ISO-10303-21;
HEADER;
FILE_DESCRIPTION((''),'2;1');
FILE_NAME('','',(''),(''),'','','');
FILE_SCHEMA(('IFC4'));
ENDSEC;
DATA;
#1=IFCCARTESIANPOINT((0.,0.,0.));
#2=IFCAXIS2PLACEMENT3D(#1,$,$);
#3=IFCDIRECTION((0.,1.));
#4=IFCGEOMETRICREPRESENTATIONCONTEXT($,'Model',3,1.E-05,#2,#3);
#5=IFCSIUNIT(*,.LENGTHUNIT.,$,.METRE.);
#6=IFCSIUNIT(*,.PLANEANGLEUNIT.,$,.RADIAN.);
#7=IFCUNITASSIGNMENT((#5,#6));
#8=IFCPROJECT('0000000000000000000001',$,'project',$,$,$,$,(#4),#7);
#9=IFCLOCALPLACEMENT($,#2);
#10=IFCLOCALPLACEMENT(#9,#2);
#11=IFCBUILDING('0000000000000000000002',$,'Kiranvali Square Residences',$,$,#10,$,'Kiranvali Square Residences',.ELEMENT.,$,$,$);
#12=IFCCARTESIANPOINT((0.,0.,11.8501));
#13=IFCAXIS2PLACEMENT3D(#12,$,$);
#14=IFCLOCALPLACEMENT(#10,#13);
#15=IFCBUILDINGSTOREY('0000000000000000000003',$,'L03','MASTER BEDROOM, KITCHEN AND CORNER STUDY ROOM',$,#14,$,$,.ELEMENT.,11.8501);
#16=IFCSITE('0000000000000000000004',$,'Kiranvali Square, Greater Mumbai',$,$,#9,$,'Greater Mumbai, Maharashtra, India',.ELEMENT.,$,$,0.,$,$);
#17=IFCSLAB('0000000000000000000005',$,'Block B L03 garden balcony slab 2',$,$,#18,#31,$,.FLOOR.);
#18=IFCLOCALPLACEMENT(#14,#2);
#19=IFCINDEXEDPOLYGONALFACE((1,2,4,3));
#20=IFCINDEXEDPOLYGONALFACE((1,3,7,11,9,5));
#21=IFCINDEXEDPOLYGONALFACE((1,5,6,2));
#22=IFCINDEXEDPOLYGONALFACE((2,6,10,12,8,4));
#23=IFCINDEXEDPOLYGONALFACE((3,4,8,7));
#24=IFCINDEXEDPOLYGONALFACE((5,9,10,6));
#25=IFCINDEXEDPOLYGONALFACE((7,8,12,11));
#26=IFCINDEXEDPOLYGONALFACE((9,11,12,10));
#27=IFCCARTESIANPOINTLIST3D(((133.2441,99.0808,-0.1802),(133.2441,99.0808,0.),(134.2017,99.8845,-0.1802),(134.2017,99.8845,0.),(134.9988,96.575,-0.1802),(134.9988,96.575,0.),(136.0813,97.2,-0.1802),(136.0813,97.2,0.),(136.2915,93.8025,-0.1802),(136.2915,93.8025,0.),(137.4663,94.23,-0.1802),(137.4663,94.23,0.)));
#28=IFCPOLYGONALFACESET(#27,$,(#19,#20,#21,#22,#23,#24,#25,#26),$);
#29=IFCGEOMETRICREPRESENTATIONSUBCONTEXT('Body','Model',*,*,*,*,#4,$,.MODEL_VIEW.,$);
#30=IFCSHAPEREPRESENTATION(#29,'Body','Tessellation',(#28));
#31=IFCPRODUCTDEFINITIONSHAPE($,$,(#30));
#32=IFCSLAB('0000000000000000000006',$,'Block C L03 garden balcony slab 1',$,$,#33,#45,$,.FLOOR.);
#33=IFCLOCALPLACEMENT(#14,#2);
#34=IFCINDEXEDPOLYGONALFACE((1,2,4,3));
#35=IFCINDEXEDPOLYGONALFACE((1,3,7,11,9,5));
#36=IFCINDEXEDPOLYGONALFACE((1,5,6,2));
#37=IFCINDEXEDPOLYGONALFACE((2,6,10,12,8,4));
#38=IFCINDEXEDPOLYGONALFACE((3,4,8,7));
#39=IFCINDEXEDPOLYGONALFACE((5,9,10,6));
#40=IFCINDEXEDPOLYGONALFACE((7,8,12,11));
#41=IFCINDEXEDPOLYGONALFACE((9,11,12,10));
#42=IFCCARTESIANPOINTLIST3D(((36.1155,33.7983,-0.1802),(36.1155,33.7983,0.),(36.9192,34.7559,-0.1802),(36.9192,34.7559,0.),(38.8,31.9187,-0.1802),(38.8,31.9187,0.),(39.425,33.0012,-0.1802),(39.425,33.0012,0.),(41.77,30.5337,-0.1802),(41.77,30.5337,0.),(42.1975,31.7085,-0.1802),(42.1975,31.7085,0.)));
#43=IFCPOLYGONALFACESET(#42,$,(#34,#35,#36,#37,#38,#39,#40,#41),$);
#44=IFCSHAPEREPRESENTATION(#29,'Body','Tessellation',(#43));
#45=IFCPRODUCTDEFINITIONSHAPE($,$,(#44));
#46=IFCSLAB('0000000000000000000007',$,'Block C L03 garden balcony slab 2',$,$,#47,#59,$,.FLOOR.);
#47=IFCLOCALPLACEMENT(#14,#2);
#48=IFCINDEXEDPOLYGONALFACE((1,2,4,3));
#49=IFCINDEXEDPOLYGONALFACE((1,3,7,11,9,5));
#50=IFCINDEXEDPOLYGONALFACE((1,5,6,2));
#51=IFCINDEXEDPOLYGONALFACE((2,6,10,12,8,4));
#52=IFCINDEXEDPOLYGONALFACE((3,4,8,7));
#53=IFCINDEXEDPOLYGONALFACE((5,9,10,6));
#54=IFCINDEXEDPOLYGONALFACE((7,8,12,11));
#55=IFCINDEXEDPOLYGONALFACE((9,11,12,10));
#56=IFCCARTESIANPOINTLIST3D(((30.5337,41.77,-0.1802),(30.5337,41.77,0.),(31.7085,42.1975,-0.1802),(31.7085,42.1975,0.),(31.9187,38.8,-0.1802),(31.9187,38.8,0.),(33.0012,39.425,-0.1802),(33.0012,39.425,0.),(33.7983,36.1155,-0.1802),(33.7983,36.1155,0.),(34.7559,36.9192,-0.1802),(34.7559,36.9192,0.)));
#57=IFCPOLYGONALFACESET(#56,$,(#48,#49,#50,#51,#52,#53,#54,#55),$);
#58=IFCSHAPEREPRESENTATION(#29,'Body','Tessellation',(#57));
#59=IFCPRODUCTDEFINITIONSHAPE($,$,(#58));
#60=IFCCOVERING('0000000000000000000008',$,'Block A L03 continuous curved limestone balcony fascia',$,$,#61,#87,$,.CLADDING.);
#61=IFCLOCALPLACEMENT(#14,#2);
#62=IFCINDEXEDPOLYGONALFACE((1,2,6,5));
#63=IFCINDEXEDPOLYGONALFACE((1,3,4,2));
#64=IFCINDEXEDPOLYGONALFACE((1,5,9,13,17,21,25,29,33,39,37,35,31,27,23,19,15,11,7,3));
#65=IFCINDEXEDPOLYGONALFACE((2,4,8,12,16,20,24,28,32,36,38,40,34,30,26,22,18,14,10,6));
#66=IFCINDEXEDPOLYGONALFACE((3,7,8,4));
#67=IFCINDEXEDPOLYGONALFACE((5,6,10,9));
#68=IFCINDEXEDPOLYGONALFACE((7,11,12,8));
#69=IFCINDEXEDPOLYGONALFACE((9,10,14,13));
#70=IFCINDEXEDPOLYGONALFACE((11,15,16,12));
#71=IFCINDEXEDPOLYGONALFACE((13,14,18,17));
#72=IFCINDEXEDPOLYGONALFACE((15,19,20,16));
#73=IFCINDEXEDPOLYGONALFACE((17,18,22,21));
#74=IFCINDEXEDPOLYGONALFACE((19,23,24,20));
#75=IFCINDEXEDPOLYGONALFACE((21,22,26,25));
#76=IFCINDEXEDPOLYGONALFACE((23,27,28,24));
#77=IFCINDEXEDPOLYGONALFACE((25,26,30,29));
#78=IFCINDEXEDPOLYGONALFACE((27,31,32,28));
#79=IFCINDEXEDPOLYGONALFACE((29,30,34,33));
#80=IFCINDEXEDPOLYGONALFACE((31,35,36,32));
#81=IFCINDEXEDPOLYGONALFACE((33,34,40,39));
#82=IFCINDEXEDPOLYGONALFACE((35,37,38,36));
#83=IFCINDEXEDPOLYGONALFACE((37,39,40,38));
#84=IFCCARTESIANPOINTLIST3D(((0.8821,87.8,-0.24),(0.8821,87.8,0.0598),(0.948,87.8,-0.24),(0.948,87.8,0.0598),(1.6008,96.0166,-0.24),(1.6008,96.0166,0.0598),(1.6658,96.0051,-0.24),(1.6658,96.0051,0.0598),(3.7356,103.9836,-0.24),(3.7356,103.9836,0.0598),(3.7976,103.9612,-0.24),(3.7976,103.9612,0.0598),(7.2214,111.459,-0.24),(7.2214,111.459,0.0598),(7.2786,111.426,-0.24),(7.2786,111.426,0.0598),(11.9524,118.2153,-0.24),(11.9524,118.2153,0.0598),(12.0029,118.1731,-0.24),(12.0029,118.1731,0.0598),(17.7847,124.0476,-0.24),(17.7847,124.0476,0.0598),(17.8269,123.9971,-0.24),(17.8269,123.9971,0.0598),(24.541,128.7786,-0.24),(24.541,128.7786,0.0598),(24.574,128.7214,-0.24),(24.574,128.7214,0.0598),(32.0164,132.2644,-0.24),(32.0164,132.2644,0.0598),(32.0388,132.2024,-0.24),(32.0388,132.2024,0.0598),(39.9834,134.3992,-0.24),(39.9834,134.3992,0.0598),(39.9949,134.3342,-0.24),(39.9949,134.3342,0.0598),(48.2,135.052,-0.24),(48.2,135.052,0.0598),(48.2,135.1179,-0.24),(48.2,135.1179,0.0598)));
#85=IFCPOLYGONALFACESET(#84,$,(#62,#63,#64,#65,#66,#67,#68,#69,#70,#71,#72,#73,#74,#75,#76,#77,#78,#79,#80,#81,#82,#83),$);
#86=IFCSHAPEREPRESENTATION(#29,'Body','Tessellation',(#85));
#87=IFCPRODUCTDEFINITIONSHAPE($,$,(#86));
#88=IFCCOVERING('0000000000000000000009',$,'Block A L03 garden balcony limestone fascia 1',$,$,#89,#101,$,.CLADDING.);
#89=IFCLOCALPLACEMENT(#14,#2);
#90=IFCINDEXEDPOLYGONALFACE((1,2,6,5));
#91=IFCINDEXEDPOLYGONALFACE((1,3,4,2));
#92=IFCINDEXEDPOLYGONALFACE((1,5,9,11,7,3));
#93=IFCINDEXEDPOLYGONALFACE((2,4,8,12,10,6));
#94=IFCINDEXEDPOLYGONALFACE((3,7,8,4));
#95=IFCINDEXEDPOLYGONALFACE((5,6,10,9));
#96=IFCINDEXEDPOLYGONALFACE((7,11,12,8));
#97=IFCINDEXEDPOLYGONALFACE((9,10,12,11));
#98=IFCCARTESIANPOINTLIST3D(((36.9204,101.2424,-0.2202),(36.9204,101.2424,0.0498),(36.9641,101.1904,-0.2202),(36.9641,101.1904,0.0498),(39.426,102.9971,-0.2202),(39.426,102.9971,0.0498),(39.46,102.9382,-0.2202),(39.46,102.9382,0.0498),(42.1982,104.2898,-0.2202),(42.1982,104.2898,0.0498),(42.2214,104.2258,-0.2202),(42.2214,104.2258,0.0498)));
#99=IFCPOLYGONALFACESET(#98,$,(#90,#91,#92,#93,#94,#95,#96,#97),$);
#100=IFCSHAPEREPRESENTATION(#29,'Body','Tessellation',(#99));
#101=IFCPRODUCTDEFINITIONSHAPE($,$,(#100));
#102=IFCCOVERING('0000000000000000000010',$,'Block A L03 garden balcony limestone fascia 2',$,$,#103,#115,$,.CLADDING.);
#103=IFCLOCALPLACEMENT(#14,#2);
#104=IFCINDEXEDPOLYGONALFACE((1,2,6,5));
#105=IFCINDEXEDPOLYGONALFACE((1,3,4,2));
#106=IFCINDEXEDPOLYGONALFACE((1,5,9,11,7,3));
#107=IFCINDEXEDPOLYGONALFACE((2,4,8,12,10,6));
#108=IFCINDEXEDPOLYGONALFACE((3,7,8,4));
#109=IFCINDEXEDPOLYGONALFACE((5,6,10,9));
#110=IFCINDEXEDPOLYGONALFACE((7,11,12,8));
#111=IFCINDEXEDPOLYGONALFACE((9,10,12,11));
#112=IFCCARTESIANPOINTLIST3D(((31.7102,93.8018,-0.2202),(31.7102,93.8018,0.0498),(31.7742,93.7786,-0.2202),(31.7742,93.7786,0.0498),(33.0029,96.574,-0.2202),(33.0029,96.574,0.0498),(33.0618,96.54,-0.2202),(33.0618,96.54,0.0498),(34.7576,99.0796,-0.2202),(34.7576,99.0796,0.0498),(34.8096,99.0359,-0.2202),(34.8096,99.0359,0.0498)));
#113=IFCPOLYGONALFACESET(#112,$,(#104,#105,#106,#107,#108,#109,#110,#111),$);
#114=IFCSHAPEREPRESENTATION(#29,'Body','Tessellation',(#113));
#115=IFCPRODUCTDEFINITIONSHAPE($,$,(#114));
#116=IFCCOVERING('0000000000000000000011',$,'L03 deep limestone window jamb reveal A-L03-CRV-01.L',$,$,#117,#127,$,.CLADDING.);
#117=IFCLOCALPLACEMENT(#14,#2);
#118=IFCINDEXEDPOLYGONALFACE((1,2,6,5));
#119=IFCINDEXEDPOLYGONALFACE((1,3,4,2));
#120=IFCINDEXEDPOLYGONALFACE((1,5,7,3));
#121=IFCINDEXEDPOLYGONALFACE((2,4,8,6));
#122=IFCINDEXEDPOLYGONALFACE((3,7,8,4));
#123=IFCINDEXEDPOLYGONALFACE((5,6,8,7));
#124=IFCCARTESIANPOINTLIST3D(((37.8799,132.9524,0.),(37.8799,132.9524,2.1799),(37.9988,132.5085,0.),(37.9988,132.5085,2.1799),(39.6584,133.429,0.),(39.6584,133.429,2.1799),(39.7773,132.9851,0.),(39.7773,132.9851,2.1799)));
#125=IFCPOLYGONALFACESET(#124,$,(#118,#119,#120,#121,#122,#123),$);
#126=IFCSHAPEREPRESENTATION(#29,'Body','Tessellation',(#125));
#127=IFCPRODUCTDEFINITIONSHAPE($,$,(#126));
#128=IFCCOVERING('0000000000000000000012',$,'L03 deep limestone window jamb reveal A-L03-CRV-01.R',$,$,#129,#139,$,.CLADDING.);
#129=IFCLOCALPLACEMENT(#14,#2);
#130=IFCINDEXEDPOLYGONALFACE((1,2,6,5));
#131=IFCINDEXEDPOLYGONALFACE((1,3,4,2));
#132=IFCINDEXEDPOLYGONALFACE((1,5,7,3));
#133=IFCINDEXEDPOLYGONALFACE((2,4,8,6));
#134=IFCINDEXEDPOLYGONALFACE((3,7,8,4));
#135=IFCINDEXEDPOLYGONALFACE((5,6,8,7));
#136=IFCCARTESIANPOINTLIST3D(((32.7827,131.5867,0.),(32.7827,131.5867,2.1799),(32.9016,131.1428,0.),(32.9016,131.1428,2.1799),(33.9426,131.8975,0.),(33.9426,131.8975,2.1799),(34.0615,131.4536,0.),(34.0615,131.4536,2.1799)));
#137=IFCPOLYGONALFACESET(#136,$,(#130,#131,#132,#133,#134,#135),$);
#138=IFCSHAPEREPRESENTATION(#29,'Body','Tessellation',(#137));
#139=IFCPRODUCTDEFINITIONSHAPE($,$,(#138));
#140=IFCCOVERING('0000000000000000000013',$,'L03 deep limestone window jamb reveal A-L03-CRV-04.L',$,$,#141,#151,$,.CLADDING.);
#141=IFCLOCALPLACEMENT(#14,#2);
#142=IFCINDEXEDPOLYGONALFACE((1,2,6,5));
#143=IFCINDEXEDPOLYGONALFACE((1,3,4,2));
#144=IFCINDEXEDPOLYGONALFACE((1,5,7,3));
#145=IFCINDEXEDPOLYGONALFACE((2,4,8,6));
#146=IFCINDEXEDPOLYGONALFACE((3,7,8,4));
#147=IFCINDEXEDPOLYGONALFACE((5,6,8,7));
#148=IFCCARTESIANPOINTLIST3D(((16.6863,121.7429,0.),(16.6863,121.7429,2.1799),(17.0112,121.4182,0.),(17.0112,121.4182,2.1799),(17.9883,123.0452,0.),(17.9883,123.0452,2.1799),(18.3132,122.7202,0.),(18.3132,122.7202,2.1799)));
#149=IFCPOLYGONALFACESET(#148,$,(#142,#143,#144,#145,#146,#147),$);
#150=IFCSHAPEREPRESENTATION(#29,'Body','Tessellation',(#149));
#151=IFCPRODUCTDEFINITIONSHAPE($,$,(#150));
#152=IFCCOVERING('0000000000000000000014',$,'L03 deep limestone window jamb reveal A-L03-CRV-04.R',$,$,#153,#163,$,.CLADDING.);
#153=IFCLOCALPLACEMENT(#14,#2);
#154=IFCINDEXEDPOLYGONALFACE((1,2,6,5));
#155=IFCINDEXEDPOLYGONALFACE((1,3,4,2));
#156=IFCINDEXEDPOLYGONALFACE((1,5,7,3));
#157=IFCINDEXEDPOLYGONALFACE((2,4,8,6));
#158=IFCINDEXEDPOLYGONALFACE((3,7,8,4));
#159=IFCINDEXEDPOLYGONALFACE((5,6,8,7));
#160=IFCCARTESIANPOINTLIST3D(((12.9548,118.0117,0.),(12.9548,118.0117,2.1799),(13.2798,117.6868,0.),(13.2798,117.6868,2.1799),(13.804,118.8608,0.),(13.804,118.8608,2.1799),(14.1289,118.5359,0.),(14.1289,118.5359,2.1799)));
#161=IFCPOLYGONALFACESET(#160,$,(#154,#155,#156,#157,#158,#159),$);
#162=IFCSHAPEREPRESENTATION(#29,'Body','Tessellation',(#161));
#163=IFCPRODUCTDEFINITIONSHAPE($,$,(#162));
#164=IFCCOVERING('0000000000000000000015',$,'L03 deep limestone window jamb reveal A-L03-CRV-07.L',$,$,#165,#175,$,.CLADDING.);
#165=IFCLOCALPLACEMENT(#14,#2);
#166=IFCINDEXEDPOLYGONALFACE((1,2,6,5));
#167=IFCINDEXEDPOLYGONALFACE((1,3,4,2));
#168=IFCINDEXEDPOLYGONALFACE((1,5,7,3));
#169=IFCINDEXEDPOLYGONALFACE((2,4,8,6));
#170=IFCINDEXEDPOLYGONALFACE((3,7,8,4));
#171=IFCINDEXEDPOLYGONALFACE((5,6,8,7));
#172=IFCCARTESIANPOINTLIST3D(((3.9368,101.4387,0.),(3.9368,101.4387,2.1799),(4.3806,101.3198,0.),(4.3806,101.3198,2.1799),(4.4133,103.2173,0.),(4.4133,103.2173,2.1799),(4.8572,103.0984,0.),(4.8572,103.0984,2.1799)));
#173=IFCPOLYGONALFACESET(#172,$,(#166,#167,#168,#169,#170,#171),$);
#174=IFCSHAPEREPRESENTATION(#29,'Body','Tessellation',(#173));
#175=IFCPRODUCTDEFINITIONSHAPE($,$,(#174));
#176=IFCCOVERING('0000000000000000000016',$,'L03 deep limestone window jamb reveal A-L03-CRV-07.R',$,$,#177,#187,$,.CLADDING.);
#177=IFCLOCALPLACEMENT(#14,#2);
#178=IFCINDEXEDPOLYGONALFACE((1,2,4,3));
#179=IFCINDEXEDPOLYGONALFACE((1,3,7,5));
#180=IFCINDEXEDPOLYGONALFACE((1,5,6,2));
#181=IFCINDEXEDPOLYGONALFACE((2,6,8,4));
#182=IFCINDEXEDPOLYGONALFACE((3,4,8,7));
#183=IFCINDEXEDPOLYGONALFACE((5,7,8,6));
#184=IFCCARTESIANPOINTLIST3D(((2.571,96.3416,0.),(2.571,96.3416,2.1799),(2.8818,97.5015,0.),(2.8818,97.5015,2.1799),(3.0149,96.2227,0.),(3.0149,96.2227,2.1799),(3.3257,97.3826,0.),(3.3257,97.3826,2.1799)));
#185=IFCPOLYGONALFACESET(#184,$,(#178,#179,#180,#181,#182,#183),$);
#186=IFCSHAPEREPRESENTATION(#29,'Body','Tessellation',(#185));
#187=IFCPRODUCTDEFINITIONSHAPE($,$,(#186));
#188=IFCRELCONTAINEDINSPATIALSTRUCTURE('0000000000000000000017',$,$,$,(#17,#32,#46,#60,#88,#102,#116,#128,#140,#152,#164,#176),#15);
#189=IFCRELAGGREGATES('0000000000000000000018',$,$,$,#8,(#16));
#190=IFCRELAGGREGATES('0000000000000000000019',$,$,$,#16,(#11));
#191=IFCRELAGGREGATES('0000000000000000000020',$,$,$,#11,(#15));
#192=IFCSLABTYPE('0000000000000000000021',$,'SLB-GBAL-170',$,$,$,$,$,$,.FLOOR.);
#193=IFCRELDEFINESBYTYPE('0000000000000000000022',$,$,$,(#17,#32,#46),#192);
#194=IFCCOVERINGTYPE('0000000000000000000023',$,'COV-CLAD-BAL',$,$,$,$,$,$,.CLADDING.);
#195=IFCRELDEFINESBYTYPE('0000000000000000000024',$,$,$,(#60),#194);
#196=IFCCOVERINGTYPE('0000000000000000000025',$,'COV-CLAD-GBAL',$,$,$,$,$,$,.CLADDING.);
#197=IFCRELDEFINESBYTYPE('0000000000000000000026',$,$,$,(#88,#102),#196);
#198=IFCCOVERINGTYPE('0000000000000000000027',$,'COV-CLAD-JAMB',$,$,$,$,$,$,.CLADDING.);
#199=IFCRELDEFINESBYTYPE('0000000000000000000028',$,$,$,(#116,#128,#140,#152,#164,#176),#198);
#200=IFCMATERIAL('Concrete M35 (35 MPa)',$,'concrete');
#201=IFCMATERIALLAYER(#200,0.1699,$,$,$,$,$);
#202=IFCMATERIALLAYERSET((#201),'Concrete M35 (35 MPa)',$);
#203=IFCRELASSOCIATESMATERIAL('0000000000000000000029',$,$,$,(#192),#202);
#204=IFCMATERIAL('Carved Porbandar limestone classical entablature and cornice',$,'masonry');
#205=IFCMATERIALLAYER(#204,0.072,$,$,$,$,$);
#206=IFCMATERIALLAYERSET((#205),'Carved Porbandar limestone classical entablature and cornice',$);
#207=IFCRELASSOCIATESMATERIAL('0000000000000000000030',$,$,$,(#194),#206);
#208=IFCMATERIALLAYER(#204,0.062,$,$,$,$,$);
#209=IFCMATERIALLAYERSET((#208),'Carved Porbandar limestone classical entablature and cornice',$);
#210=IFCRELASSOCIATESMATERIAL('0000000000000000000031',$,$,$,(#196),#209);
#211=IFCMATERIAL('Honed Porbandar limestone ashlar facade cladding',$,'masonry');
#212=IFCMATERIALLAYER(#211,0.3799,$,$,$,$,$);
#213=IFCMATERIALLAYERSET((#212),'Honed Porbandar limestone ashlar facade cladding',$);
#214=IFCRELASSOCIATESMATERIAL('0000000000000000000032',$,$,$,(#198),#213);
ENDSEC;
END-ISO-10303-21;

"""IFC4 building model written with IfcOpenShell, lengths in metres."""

from ifc_helpers import new_model, si_unit, direction, frame, origin, place, context, subcontext, project, spatial, polyline, outline, extrude, material, layer, layer_set, type_object, element, save


model = new_model("IFC4")

# Units and contexts
model_context = context("Model", 3, precision=1e-05, world=origin(), true_north=direction((0.0, 1.0)))
body_context = subcontext(model_context, "Body", "Model", "MODEL_VIEW")
ifc_project = project(units=[si_unit("LENGTHUNIT", "METRE"), si_unit("PLANEANGLEUNIT", "RADIAN")], contexts=[model_context])

# Site, building, storey
site_placement = place(None, origin())
site = spatial("IfcSite", under=ifc_project, at=site_placement, Name="Kiranvali Square, Greater Mumbai", LongName="Greater Mumbai, Maharashtra, India", CompositionType="ELEMENT", RefElevation=0.0)
building_placement = place(site_placement, origin())
building = spatial("IfcBuilding", under=site, at=building_placement, Name="Kiranvali Square Residences", LongName="Kiranvali Square Residences", CompositionType="ELEMENT")
storey_placement = place(building_placement, frame((0.0, 0.0, 11.8501)))
storey = spatial("IfcBuildingStorey", under=building, at=storey_placement, Name="L03", Description="MASTER BEDROOM, KITCHEN AND CORNER STUDY ROOM", CompositionType="ELEMENT", Elevation=11.8501)

# Slabs
ifc_material_1 = material(Name="Concrete M35 (35 MPa)", Category="concrete")
ifc_layer_1 = layer(ifc_material_1, 0.1699)
ifc_layer_set_1 = layer_set([ifc_layer_1], Name="Concrete M35 (35 MPa)")
slab_type_1 = type_object("IfcSlabType", Name="SLB-GBAL-170", PredefinedType="FLOOR", material=ifc_layer_set_1)
slab_1_placement = place(storey_placement, frame((0.0, 0.0, -0.1802)))
element("IfcSlab", 1, at=slab_1_placement, inside=storey, type_object=slab_type_1, Name="Block B L03 garden balcony slab 2", PredefinedType="FLOOR", context=body_context, shape_type="SweptSolid", body=[
    extrude(outline(polyline([(133.2441, 99.0808), (134.9988, 96.575), (136.2915, 93.8025), (137.4663, 94.23), (136.0813, 97.2), (134.2017, 99.8845), (133.2441, 99.0808)])), origin(), (0.0, 0.0, 1.0), 0.1802),
])
slab_2_placement = place(storey_placement, frame((0.0, 0.0, -0.1802)))
element("IfcSlab", 2, at=slab_2_placement, inside=storey, type_object=slab_type_1, Name="Block C L03 garden balcony slab 1", PredefinedType="FLOOR", context=body_context, shape_type="SweptSolid", body=[
    extrude(outline(polyline([(42.1975, 31.7085), (39.425, 33.0012), (36.9192, 34.7559), (36.1155, 33.7983), (38.8, 31.9187), (41.77, 30.5337), (42.1975, 31.7085)])), origin(), (0.0, 0.0, 1.0), 0.1802),
])
slab_3_placement = place(storey_placement, frame((0.0, 0.0, -0.1802)))
element("IfcSlab", 3, at=slab_3_placement, inside=storey, type_object=slab_type_1, Name="Block C L03 garden balcony slab 2", PredefinedType="FLOOR", context=body_context, shape_type="SweptSolid", body=[
    extrude(outline(polyline([(34.7559, 36.9192), (33.0012, 39.425), (31.7085, 42.1975), (30.5337, 41.77), (31.9187, 38.8), (33.7983, 36.1155), (34.7559, 36.9192)])), origin(), (0.0, 0.0, 1.0), 0.1802),
])

# Coverings
ifc_material_2 = material(Name="Carved Porbandar limestone classical entablature and cornice", Category="masonry")
ifc_layer_2 = layer(ifc_material_2, 0.072)
ifc_layer_set_2 = layer_set([ifc_layer_2], Name="Carved Porbandar limestone classical entablature and cornice")
covering_type_1 = type_object("IfcCoveringType", Name="COV-CLAD-BAL", PredefinedType="CLADDING", material=ifc_layer_set_2)
covering_1_placement = place(storey_placement, frame((0.0, 0.0, -0.24)))
element("IfcCovering", 4, at=covering_1_placement, inside=storey, type_object=covering_type_1, Name="Block A L03 continuous curved limestone balcony fascia", PredefinedType="CLADDING", context=body_context, shape_type="SweptSolid", body=[
    extrude(outline(polyline([(48.2, 135.1179), (39.9834, 134.3992), (32.0164, 132.2644), (24.541, 128.7786), (17.7847, 124.0476), (11.9524, 118.2153), (7.2214, 111.459), (3.7356, 103.9836), (1.6008, 96.0166), (0.8821, 87.8), (0.948, 87.8), (1.6658, 96.0051), (3.7976, 103.9612), (7.2786, 111.426), (12.0029, 118.1731), (17.8269, 123.9971), (24.574, 128.7214), (32.0388, 132.2024), (39.9949, 134.3342), (48.2, 135.052), (48.2, 135.1179)])), origin(), (0.0, 0.0, 1.0), 0.2998),
])
ifc_layer_3 = layer(ifc_material_2, 0.062)
ifc_layer_set_3 = layer_set([ifc_layer_3], Name="Carved Porbandar limestone classical entablature and cornice")
covering_type_2 = type_object("IfcCoveringType", Name="COV-CLAD-GBAL", PredefinedType="CLADDING", material=ifc_layer_set_3)
covering_2_placement = place(storey_placement, frame((0.0, 0.0, -0.2202)))
element("IfcCovering", 5, at=covering_2_placement, inside=storey, type_object=covering_type_2, Name="Block A L03 garden balcony limestone fascia 1", PredefinedType="CLADDING", context=body_context, shape_type="SweptSolid", body=[
    extrude(outline(polyline([(42.1982, 104.2898), (39.426, 102.9971), (36.9204, 101.2424), (36.9641, 101.1904), (39.46, 102.9382), (42.2214, 104.2258), (42.1982, 104.2898)])), origin(), (0.0, 0.0, 1.0), 0.27),
])
covering_3_placement = place(storey_placement, frame((0.0, 0.0, -0.2202)))
element("IfcCovering", 6, at=covering_3_placement, inside=storey, type_object=covering_type_2, Name="Block A L03 garden balcony limestone fascia 2", PredefinedType="CLADDING", context=body_context, shape_type="SweptSolid", body=[
    extrude(outline(polyline([(34.7576, 99.0796), (33.0029, 96.574), (31.7102, 93.8018), (31.7742, 93.7786), (33.0618, 96.54), (34.8096, 99.0359), (34.7576, 99.0796)])), origin(), (0.0, 0.0, 1.0), 0.27),
])
ifc_material_3 = material(Name="Honed Porbandar limestone ashlar facade cladding", Category="masonry")
ifc_layer_4 = layer(ifc_material_3, 0.3799)
ifc_layer_set_4 = layer_set([ifc_layer_4], Name="Honed Porbandar limestone ashlar facade cladding")
covering_type_3 = type_object("IfcCoveringType", Name="COV-CLAD-JAMB", PredefinedType="CLADDING", material=ifc_layer_set_4)
covering_4_placement = place(storey_placement, origin())
element("IfcCovering", 7, at=covering_4_placement, inside=storey, type_object=covering_type_3, Name="L03 deep limestone window jamb reveal A-L03-CRV-01.L", PredefinedType="CLADDING", context=body_context, shape_type="SweptSolid", body=[
    extrude(outline(polyline([(39.6584, 133.429), (37.8799, 132.9524), (37.9988, 132.5085), (39.7773, 132.9851), (39.6584, 133.429)])), origin(), (0.0, 0.0, 1.0), 2.1799),
])
covering_5_placement = place(storey_placement, origin())
element("IfcCovering", 8, at=covering_5_placement, inside=storey, type_object=covering_type_3, Name="L03 deep limestone window jamb reveal A-L03-CRV-01.R", PredefinedType="CLADDING", context=body_context, shape_type="SweptSolid", body=[
    extrude(outline(polyline([(33.9426, 131.8975), (32.7827, 131.5867), (32.9016, 131.1428), (34.0615, 131.4536), (33.9426, 131.8975)])), origin(), (0.0, 0.0, 1.0), 2.1799),
])
covering_6_placement = place(storey_placement, origin())
element("IfcCovering", 9, at=covering_6_placement, inside=storey, type_object=covering_type_3, Name="L03 deep limestone window jamb reveal A-L03-CRV-04.L", PredefinedType="CLADDING", context=body_context, shape_type="SweptSolid", body=[
    extrude(outline(polyline([(17.9883, 123.0452), (16.6863, 121.7429), (17.0112, 121.4182), (18.3132, 122.7202), (17.9883, 123.0452)])), origin(), (0.0, 0.0, 1.0), 2.1799),
])
covering_7_placement = place(storey_placement, origin())
element("IfcCovering", 10, at=covering_7_placement, inside=storey, type_object=covering_type_3, Name="L03 deep limestone window jamb reveal A-L03-CRV-04.R", PredefinedType="CLADDING", context=body_context, shape_type="SweptSolid", body=[
    extrude(outline(polyline([(13.804, 118.8608), (12.9548, 118.0117), (13.2798, 117.6868), (14.1289, 118.5359), (13.804, 118.8608)])), origin(), (0.0, 0.0, 1.0), 2.1799),
])
covering_8_placement = place(storey_placement, origin())
element("IfcCovering", 11, at=covering_8_placement, inside=storey, type_object=covering_type_3, Name="L03 deep limestone window jamb reveal A-L03-CRV-07.L", PredefinedType="CLADDING", context=body_context, shape_type="SweptSolid", body=[
    extrude(outline(polyline([(4.4133, 103.2173), (3.9368, 101.4387), (4.3806, 101.3198), (4.8572, 103.0984), (4.4133, 103.2173)])), origin(), (0.0, 0.0, 1.0), 2.1799),
])
covering_9_placement = place(storey_placement, origin())
element("IfcCovering", 12, at=covering_9_placement, inside=storey, type_object=covering_type_3, Name="L03 deep limestone window jamb reveal A-L03-CRV-07.R", PredefinedType="CLADDING", context=body_context, shape_type="SweptSolid", body=[
    extrude(outline(polyline([(2.8818, 97.5015), (2.571, 96.3416), (3.0149, 96.2227), (3.3257, 97.3826), (2.8818, 97.5015)])), origin(), (0.0, 0.0, 1.0), 2.1799),
])

save(model, "model.ifc")
